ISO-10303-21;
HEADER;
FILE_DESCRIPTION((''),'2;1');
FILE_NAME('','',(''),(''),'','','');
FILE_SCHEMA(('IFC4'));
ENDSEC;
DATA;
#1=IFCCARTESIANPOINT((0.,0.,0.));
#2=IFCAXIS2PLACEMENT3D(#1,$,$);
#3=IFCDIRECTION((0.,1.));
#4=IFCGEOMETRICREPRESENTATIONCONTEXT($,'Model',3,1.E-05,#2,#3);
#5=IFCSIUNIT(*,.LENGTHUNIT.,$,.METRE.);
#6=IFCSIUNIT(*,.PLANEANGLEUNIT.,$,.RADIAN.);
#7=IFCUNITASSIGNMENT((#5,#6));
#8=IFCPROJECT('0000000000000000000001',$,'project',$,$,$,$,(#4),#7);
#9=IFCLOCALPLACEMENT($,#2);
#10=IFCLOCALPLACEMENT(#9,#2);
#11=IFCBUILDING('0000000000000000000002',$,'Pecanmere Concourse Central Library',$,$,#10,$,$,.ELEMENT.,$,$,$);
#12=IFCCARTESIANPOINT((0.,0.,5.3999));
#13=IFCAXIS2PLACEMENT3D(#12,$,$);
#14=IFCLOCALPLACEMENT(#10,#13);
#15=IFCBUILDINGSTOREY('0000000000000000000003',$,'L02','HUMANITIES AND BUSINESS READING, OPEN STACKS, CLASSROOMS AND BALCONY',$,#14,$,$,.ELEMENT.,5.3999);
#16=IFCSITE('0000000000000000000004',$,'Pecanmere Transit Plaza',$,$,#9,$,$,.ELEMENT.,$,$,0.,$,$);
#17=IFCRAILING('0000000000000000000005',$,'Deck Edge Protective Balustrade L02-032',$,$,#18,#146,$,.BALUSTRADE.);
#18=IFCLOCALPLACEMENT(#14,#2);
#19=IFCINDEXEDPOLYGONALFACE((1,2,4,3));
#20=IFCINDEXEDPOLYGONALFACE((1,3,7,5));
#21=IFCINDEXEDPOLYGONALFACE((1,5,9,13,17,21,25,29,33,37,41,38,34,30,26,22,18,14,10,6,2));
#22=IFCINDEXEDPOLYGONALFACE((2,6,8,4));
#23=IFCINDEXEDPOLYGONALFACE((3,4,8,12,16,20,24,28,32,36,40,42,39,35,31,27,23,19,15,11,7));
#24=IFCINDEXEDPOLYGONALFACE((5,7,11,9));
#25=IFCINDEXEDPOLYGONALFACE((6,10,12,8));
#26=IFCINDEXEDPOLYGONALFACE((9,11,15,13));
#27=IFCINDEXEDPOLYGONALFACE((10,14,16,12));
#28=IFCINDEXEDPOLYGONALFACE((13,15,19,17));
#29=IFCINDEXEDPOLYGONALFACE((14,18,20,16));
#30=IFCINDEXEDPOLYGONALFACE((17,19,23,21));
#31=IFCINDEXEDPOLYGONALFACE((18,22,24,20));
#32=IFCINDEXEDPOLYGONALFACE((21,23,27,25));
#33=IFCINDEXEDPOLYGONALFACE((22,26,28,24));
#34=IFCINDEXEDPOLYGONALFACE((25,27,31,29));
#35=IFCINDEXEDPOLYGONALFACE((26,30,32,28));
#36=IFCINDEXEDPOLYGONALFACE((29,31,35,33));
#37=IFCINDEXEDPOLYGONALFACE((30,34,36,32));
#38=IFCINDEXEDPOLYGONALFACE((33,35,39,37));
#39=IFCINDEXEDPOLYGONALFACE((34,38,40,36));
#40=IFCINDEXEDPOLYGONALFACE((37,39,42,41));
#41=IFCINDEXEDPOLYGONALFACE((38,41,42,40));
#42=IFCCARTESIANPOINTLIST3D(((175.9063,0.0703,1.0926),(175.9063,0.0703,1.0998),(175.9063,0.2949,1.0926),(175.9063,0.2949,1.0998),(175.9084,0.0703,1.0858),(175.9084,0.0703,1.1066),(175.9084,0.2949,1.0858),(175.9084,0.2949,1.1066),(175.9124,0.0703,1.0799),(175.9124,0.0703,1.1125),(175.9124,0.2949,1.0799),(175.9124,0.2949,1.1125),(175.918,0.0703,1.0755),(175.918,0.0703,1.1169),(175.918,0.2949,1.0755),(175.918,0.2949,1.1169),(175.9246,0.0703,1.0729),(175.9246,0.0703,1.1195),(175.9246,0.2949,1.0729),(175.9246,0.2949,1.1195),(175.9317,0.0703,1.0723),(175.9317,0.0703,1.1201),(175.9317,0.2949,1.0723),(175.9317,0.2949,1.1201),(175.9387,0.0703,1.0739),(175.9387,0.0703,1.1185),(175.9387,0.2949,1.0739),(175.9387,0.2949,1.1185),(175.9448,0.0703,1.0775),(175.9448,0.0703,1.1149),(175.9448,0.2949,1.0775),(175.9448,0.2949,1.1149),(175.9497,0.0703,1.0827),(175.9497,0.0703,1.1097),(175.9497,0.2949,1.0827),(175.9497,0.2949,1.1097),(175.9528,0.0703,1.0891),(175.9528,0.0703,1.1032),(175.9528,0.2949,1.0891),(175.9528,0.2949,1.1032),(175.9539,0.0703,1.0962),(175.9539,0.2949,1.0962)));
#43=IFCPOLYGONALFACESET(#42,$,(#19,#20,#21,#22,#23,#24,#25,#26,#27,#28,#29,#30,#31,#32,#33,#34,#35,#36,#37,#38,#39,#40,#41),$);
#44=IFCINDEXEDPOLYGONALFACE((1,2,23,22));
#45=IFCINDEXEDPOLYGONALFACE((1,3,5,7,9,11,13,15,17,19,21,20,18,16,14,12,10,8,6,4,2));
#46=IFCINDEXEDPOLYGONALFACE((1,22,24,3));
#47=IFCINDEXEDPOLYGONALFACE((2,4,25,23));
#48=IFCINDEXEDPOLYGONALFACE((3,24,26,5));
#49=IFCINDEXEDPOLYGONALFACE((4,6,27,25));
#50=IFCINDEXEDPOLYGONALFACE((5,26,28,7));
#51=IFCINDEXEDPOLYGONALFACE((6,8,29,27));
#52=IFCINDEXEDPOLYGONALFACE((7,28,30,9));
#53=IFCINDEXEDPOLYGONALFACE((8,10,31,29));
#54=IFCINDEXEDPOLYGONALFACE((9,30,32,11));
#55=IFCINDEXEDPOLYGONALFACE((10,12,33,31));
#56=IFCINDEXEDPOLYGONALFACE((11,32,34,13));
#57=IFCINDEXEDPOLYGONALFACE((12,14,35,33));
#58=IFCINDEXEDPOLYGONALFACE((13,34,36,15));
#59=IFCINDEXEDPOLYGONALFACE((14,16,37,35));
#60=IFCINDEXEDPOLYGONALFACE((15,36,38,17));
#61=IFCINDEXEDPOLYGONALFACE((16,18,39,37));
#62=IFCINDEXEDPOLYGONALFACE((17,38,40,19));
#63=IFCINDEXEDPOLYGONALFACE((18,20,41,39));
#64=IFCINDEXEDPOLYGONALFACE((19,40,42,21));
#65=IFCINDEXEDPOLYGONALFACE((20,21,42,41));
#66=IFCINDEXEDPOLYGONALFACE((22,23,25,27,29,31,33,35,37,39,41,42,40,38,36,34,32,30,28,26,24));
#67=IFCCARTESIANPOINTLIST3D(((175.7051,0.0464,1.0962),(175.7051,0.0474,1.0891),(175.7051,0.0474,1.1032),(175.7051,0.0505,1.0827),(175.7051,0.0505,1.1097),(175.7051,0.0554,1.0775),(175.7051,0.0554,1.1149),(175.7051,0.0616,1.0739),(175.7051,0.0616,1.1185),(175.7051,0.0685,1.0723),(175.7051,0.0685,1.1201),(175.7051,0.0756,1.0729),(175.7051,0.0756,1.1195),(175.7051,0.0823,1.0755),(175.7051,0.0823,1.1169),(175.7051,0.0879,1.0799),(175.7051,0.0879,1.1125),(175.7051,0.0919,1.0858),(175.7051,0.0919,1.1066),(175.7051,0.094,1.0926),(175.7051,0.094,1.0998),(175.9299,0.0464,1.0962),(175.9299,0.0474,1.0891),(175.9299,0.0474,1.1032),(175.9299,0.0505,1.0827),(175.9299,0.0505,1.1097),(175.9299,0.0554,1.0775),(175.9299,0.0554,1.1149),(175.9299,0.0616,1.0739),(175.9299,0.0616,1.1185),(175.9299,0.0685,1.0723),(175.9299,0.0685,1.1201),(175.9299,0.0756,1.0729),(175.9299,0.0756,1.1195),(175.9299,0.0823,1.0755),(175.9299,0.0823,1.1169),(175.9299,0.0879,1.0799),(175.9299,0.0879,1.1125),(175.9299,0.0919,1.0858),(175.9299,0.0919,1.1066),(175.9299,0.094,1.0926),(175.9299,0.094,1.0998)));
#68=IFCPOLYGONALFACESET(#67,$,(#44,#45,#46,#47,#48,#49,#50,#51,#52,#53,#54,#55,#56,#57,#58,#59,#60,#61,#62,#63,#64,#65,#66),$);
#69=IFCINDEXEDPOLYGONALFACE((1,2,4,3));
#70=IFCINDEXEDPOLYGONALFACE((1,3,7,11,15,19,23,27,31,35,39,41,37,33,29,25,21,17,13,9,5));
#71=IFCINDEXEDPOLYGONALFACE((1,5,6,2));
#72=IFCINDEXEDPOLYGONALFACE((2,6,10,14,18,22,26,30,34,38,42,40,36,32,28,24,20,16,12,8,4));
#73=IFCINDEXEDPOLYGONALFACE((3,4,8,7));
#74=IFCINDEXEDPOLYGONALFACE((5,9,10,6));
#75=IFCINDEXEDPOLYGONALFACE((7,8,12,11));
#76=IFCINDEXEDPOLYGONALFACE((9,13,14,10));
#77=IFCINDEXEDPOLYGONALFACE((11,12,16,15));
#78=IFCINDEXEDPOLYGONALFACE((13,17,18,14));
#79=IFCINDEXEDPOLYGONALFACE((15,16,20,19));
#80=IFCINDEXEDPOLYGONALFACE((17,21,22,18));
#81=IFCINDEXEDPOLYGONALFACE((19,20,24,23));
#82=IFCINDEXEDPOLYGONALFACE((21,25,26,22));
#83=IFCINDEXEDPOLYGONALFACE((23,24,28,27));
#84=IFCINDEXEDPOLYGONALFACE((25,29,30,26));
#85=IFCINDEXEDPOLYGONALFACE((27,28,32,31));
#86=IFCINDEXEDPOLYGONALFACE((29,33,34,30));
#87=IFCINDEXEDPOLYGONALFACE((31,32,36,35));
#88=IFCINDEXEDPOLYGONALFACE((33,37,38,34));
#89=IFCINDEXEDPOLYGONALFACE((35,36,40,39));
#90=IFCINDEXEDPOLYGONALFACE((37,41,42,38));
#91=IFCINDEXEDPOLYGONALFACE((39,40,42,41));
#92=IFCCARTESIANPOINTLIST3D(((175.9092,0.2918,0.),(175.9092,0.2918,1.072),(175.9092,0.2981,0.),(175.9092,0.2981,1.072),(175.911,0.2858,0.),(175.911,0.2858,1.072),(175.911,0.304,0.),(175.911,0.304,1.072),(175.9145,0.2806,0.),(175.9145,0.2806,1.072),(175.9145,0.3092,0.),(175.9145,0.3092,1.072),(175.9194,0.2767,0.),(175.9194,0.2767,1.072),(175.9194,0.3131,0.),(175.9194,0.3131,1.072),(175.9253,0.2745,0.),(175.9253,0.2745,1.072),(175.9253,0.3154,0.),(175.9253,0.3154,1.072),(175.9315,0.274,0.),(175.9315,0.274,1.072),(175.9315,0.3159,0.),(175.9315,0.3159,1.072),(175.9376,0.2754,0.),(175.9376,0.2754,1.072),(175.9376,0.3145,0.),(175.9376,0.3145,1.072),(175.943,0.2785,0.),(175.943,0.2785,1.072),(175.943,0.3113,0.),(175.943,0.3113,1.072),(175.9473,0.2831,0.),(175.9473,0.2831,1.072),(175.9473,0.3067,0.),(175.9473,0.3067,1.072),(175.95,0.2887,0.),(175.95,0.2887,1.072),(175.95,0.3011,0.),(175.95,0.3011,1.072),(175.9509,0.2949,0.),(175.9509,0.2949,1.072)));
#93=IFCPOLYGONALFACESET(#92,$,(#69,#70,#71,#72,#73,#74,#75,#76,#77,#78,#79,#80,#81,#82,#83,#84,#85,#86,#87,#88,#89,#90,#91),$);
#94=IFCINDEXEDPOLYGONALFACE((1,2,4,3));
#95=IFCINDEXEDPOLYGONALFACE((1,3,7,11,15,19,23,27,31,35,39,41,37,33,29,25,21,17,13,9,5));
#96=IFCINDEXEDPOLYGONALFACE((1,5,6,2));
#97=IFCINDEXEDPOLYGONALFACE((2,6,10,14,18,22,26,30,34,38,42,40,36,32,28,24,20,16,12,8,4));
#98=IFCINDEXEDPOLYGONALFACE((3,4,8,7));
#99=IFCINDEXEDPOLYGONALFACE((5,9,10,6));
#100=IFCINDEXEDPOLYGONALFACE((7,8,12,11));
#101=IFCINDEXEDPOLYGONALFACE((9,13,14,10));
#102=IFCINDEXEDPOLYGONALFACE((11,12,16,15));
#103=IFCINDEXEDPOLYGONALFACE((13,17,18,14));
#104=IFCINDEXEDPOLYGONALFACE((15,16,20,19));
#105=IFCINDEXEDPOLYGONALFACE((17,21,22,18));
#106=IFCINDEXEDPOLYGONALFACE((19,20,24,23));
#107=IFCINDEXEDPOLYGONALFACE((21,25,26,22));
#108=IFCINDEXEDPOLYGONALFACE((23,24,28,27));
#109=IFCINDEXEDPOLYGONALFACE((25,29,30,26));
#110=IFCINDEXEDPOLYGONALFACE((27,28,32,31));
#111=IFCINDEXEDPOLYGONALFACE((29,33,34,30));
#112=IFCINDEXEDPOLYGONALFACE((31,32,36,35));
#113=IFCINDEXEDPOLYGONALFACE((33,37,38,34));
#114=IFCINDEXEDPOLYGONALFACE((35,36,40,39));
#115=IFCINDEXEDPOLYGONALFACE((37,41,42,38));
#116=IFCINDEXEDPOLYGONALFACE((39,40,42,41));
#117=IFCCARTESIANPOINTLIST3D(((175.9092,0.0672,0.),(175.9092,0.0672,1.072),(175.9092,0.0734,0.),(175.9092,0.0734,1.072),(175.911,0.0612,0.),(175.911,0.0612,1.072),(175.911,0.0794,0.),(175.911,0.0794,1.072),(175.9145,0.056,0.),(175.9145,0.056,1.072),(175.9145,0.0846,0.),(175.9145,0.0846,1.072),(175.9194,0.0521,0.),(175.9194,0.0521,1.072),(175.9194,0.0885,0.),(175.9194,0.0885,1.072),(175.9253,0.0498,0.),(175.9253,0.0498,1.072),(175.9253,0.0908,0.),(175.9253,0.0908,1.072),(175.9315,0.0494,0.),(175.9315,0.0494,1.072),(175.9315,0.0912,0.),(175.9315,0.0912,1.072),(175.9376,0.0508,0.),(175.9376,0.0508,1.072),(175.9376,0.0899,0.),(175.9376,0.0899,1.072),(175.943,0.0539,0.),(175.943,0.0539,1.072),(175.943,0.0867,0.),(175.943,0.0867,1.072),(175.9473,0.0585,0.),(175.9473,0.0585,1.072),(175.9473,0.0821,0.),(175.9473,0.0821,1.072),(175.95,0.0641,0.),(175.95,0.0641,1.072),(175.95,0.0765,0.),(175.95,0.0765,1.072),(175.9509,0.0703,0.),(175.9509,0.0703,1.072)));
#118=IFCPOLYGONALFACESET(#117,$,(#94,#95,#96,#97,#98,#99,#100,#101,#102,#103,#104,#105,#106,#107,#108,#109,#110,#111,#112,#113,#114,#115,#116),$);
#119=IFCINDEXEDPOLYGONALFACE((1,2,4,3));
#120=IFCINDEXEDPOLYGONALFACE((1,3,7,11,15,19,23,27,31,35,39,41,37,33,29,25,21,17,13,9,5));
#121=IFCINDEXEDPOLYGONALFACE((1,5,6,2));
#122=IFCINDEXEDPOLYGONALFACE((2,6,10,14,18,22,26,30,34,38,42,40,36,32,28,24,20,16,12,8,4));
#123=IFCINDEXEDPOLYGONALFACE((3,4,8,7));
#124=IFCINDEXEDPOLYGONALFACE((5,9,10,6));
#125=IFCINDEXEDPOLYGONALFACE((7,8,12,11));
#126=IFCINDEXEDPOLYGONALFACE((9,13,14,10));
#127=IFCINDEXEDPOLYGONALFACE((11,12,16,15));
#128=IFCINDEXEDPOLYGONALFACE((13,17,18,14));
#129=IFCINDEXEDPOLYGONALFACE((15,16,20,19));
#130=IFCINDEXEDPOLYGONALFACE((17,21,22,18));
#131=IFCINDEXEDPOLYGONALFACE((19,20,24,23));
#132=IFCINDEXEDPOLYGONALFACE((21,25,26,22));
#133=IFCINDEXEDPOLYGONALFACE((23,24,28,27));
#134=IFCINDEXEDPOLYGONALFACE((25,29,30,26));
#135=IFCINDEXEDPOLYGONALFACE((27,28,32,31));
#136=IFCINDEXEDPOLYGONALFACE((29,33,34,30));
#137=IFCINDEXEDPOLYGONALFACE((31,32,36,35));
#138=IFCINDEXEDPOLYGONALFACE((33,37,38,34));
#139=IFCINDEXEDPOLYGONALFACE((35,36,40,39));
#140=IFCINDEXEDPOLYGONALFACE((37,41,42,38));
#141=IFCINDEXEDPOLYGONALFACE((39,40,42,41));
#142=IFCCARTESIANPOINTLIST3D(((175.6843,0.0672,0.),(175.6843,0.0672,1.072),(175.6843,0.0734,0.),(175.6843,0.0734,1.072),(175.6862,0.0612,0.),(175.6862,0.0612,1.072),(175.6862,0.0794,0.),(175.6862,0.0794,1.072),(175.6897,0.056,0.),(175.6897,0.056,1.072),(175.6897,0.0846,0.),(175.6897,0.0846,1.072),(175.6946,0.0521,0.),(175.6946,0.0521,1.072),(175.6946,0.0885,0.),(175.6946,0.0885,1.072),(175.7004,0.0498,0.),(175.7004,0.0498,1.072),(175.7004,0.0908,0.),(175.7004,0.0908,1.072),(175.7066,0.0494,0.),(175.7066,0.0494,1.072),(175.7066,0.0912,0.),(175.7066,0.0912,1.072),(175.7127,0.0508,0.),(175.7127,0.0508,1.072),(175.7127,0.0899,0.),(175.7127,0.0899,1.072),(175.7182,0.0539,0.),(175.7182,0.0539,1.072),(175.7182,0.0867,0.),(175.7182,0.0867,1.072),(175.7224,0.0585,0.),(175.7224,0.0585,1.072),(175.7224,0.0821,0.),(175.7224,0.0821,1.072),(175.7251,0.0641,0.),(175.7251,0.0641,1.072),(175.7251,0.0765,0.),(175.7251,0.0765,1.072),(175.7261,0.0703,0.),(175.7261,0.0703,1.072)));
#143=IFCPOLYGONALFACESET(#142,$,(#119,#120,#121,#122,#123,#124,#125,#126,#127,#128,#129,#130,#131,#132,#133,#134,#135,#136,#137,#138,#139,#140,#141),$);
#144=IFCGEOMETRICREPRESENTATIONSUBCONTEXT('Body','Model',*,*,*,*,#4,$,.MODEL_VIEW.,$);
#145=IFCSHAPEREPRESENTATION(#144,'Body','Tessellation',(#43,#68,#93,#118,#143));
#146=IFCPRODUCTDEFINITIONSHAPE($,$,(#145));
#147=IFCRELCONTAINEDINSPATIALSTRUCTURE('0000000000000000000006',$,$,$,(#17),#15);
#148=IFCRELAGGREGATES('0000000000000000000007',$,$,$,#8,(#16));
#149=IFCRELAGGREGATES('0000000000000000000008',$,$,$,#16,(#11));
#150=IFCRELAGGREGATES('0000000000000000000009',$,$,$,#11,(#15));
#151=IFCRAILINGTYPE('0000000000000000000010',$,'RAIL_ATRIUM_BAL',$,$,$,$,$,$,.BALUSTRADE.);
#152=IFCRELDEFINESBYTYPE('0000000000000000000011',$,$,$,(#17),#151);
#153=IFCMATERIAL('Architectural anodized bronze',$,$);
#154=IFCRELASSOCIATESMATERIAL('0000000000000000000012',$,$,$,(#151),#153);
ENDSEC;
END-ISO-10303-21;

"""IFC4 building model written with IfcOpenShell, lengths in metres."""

from ifc_helpers import new_model, si_unit, direction, frame, origin, origin_2d, place, context, subcontext, project, spatial, circle, extrude, material, type_object, element, save


model = new_model("IFC4")

# Units and contexts
model_context = context("Model", 3, precision=1e-05, world=origin(), true_north=direction((0.0, 1.0)))
body_context = subcontext(model_context, "Body", "Model", "MODEL_VIEW")
ifc_project = project(units=[si_unit("LENGTHUNIT", "METRE"), si_unit("PLANEANGLEUNIT", "RADIAN")], contexts=[model_context])

# Site, building, storey
site_placement = place(None, origin())
site = spatial("IfcSite", under=ifc_project, at=site_placement, Name="Pecanmere Transit Plaza", CompositionType="ELEMENT", RefElevation=0.0)
building_placement = place(site_placement, origin())
building = spatial("IfcBuilding", under=site, at=building_placement, Name="Pecanmere Concourse Central Library", CompositionType="ELEMENT")
storey_placement = place(building_placement, frame((0.0, 0.0, 5.3999)))
storey = spatial("IfcBuildingStorey", under=building, at=storey_placement, Name="L02", Description="HUMANITIES AND BUSINESS READING, OPEN STACKS, CLASSROOMS AND BALCONY", CompositionType="ELEMENT", Elevation=5.3999)

# Railing
ifc_material_1 = material(Name="Architectural anodized bronze")
railing_type = type_object("IfcRailingType", Name="RAIL_ATRIUM_BAL", PredefinedType="BALUSTRADE", material=ifc_material_1)
railing_1_placement = place(storey_placement, frame((175.9299, 0.2949, 0.0)))
element("IfcRailing", 1, at=railing_1_placement, inside=storey, type_object=railing_type, Name="Deck Edge Protective Balustrade L02-032", PredefinedType="BALUSTRADE", context=body_context, shape_type="SweptSolid", body=[
    extrude(circle(Radius=0.0239, at=origin_2d()), frame((0.0, 0.0, 1.0962), z_axis=(0.0, -1.0, 0.0), x_axis=(1.0, 0.0, 0.0)), (0.0, 0.0, 1.0), 0.2246),
    extrude(circle(Radius=0.0239, at=origin_2d()), frame((0.0, -0.2246, 1.0962), z_axis=(-1.0, 0.0, 0.0), x_axis=(0.0, -1.0, 0.0)), (0.0, 0.0, 1.0), 0.2249),
    extrude(circle(Radius=0.021, at=origin_2d()), origin(), (0.0, 0.0, 1.0), 1.072),
    extrude(circle(Radius=0.021, at=origin_2d()), frame((0.0, -0.2246, 0.0)), (0.0, 0.0, 1.0), 1.072),
    extrude(circle(Radius=0.021, at=origin_2d()), frame((-0.2249, -0.2246, 0.0)), (0.0, 0.0, 1.0), 1.072),
])

save(model, "model.ifc")
